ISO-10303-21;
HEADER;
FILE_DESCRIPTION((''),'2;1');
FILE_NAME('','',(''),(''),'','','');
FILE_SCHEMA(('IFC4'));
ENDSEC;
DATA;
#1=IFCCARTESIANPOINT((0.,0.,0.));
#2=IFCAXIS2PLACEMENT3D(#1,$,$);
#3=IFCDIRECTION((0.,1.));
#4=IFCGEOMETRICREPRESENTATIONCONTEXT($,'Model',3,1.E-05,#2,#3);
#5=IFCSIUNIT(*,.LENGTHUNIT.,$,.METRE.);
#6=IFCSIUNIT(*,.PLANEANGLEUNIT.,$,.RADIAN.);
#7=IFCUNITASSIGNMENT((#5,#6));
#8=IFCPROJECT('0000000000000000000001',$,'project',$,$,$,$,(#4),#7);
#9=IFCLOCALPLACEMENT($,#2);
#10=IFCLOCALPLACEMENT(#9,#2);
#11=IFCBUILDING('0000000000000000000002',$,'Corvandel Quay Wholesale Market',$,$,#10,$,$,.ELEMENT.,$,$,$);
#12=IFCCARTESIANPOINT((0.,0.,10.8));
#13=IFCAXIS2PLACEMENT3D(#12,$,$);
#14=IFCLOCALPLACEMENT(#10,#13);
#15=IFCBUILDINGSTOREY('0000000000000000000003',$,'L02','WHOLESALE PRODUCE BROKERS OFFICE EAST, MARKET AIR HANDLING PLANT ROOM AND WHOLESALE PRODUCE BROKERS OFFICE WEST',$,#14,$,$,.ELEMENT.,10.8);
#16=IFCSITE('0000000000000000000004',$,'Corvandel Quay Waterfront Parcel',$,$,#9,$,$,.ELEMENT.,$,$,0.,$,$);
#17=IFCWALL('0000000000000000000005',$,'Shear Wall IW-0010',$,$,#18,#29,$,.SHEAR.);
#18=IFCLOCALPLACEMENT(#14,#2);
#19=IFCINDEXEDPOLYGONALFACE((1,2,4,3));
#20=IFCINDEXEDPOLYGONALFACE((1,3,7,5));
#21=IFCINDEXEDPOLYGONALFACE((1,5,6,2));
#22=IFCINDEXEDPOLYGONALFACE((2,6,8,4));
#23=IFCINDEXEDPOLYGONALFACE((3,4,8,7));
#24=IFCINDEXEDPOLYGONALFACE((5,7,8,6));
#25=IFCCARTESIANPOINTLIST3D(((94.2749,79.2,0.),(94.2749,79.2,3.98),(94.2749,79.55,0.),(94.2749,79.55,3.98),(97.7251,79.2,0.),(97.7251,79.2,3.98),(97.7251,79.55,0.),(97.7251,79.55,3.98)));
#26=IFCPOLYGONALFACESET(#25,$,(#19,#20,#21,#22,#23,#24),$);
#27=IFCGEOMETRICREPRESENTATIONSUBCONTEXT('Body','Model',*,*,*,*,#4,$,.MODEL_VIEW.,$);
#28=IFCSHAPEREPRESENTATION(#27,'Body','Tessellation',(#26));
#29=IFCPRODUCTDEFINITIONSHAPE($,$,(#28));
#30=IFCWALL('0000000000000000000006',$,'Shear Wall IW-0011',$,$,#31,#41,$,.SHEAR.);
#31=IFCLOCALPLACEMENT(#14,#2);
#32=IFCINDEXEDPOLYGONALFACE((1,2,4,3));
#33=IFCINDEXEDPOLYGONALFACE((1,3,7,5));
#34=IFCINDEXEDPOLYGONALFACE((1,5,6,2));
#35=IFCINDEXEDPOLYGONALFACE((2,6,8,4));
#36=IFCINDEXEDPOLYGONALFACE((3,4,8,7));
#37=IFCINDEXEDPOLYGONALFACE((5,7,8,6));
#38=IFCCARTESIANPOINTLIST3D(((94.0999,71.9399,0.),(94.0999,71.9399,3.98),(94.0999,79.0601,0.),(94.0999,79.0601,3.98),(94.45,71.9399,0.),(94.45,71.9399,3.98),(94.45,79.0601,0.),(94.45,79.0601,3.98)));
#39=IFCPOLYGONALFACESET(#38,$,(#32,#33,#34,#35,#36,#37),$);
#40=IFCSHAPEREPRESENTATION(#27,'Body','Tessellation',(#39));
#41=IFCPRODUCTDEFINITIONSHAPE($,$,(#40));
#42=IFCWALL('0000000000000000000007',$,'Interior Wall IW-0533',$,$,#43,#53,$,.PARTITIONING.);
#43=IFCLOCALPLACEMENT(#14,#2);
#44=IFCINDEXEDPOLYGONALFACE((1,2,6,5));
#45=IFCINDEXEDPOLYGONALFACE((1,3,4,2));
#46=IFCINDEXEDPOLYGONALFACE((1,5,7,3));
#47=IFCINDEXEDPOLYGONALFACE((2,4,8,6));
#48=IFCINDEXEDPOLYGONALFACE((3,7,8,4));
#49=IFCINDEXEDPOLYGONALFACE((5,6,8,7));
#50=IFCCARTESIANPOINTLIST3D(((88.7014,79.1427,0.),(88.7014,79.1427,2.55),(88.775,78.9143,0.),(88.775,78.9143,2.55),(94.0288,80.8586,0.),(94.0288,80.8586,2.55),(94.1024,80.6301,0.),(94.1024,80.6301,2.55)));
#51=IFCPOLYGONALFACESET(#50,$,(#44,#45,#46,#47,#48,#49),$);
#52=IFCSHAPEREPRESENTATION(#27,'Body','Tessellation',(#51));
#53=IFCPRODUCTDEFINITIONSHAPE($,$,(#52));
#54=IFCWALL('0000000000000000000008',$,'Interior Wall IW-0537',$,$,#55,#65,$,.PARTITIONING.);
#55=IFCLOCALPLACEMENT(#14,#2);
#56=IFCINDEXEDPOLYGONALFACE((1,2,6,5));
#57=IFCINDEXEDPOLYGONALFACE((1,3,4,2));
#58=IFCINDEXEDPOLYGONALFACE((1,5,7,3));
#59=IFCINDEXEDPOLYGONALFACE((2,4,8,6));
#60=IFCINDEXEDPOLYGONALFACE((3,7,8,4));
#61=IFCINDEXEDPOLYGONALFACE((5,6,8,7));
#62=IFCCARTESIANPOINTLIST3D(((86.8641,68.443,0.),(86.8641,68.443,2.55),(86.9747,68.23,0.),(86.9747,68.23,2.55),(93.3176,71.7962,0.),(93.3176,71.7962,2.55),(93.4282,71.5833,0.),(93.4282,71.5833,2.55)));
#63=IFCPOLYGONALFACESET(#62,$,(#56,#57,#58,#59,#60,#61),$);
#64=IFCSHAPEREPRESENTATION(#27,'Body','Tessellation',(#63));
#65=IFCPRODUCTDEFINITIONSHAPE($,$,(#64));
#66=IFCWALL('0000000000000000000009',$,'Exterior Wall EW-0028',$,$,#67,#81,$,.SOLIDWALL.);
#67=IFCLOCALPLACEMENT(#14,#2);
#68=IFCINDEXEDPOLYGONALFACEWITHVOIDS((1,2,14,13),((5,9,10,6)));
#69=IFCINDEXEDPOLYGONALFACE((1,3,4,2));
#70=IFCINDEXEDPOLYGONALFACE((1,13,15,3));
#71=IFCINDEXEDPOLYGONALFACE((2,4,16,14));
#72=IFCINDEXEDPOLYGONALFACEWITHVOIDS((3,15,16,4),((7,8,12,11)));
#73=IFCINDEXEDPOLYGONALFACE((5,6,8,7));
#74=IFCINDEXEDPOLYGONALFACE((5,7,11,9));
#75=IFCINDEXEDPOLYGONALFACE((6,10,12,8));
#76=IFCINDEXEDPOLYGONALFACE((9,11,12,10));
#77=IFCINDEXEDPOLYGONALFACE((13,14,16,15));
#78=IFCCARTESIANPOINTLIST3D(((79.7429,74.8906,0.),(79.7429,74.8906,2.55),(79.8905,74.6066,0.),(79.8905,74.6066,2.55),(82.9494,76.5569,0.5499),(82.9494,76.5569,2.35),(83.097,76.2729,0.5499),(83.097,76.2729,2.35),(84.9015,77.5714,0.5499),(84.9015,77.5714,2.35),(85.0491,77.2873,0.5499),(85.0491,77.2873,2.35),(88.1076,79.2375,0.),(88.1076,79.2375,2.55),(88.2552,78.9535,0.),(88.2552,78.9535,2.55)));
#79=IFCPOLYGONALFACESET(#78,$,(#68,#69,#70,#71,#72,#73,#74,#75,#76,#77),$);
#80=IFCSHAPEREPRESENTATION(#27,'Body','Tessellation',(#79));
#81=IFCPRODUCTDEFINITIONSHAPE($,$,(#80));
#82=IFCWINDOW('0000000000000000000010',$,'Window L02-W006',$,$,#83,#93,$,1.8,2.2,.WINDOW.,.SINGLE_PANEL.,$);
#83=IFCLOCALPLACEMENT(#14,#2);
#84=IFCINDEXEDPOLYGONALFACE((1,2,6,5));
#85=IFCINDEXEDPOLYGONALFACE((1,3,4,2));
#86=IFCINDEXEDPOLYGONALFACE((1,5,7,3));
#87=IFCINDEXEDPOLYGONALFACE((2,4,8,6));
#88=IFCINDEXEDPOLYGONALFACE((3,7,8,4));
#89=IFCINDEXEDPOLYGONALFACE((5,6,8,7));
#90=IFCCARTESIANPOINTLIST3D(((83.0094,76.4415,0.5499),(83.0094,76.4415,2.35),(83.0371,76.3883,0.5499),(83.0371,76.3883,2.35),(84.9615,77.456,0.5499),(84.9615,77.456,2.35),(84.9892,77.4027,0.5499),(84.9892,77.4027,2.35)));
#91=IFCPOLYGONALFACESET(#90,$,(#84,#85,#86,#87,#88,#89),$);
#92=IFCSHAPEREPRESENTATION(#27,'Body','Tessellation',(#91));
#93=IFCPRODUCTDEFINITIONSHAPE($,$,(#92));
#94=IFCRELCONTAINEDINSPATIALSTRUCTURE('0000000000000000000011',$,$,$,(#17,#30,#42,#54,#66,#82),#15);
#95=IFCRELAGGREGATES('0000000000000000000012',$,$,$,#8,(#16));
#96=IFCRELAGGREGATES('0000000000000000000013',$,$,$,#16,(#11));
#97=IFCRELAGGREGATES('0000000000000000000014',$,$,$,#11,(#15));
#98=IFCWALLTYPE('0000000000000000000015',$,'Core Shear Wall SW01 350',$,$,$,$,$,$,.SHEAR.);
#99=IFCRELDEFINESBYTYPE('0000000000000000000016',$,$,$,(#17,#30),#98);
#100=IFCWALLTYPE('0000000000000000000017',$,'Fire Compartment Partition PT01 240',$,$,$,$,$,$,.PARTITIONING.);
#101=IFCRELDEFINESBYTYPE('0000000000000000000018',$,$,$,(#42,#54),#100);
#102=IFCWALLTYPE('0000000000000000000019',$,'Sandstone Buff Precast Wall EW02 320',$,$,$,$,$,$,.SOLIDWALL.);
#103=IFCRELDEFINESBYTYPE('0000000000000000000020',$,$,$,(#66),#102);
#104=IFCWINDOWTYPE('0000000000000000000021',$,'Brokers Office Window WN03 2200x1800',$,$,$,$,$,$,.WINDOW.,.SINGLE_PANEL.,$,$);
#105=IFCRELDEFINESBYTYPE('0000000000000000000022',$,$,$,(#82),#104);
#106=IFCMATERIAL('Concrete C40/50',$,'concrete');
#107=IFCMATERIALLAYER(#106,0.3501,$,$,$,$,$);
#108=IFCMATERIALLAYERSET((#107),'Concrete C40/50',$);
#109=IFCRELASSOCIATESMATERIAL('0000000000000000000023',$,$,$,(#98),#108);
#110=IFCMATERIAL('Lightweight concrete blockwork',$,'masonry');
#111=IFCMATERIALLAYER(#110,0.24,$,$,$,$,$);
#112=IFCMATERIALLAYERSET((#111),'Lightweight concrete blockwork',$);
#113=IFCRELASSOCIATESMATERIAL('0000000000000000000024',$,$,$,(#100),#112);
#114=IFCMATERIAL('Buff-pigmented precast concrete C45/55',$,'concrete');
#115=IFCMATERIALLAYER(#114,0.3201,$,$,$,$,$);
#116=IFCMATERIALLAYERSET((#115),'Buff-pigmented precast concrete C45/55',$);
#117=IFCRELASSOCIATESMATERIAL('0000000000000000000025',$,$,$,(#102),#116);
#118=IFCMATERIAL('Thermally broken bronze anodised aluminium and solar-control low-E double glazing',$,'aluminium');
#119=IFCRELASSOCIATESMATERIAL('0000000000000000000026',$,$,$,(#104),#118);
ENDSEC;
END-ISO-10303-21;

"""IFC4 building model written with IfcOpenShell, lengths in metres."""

from ifc_helpers import new_model, si_unit, direction, frame, frame_2d, origin, place, context, subcontext, project, spatial, rectangle, extrude, material, layer, layer_set, type_object, element, fill, save


model = new_model("IFC4")

# Units and contexts
model_context = context("Model", 3, precision=1e-05, world=origin(), true_north=direction((0.0, 1.0)))
body_context = subcontext(model_context, "Body", "Model", "MODEL_VIEW")
ifc_project = project(units=[si_unit("LENGTHUNIT", "METRE"), si_unit("PLANEANGLEUNIT", "RADIAN")], contexts=[model_context])

# Site, building, storey
site_placement = place(None, origin())
site = spatial("IfcSite", under=ifc_project, at=site_placement, Name="Corvandel Quay Waterfront Parcel", CompositionType="ELEMENT", RefElevation=0.0)
building_placement = place(site_placement, origin())
building = spatial("IfcBuilding", under=site, at=building_placement, Name="Corvandel Quay Wholesale Market", CompositionType="ELEMENT")
storey_placement = place(building_placement, frame((0.0, 0.0, 10.8)))
storey = spatial("IfcBuildingStorey", under=building, at=storey_placement, Name="L02", Description="WHOLESALE PRODUCE BROKERS OFFICE EAST, MARKET AIR HANDLING PLANT ROOM AND WHOLESALE PRODUCE BROKERS OFFICE WEST", CompositionType="ELEMENT", Elevation=10.8)

# Shared definitions
ifc_material_1 = material(Name="Concrete C40/50", Category="concrete")
ifc_layer_1 = layer(ifc_material_1, 0.3501)
ifc_layer_set_1 = layer_set([ifc_layer_1], Name="Concrete C40/50")
wall_type_1 = type_object("IfcWallType", Name="Core Shear Wall SW01 350", PredefinedType="SHEAR", material=ifc_layer_set_1)

# Walls
wall_1_placement = place(storey_placement, frame((94.2749, 79.375, 0.0), z_axis=(0.0, 0.0, 1.0), x_axis=(1.0, 0.0, 0.0)))
element("IfcWall", 1, at=wall_1_placement, inside=storey, type_object=wall_type_1, Name="Shear Wall IW-0010", PredefinedType="SHEAR", context=body_context, shape_type="SweptSolid", body=[
    extrude(rectangle(XDim=3.4502, YDim=0.3501, at=frame_2d((1.7251, 0.0))), origin(), (0.0, 0.0, 1.0), 3.98),
])
wall_2_placement = place(storey_placement, frame((94.2749, 71.9399, 0.0), z_axis=(0.0, 0.0, 1.0), x_axis=(0.0, 1.0, 0.0)))
element("IfcWall", 2, at=wall_2_placement, inside=storey, type_object=wall_type_1, Name="Shear Wall IW-0011", PredefinedType="SHEAR", context=body_context, shape_type="SweptSolid", body=[
    extrude(rectangle(XDim=7.1201, YDim=0.3501, at=frame_2d((3.5601, 0.0))), origin(), (0.0, 0.0, 1.0), 3.98),
])
ifc_material_2 = material(Name="Lightweight concrete blockwork", Category="masonry")
ifc_layer_2 = layer(ifc_material_2, 0.24)
ifc_layer_set_2 = layer_set([ifc_layer_2], Name="Lightweight concrete blockwork")
wall_type_2 = type_object("IfcWallType", Name="Fire Compartment Partition PT01 240", PredefinedType="PARTITIONING", material=ifc_layer_set_2)
wall_3_placement = place(storey_placement, frame((88.7383, 79.0286, 0.0), z_axis=(0.0, 0.0, 1.0), x_axis=(0.951849, 0.306567, 0.0)))
element("IfcWall", 3, at=wall_3_placement, inside=storey, type_object=wall_type_2, Name="Interior Wall IW-0533", PredefinedType="PARTITIONING", context=body_context, shape_type="SweptSolid", body=[
    extrude(rectangle(XDim=5.5969, YDim=0.24, at=frame_2d((2.7983, 0.0))), origin(), (0.0, 0.0, 1.0), 2.55),
])
wall_4_placement = place(storey_placement, frame((93.3728, 71.6897, 0.0), z_axis=(0.0, 0.0, 1.0), x_axis=(-0.887364, -0.461071, 0.0)))
element("IfcWall", 4, at=wall_4_placement, inside=storey, type_object=wall_type_2, Name="Interior Wall IW-0537", PredefinedType="PARTITIONING", context=body_context, shape_type="SweptSolid", body=[
    extrude(rectangle(XDim=7.2727, YDim=0.24, at=frame_2d((3.6362, 0.0))), origin(), (0.0, 0.0, 1.0), 2.55),
])

# Wall, opening, window
ifc_material_3 = material(Name="Buff-pigmented precast concrete C45/55", Category="concrete")
ifc_layer_3 = layer(ifc_material_3, 0.3201)
ifc_layer_set_3 = layer_set([ifc_layer_3], Name="Buff-pigmented precast concrete C45/55")
wall_type_3 = type_object("IfcWallType", Name="Sandstone Buff Precast Wall EW02 320", PredefinedType="SOLIDWALL", material=ifc_layer_set_3)
wall_5_placement = place(storey_placement, frame((88.1814, 79.0955, 0.0), z_axis=(0.0, 0.0, 1.0), x_axis=(-0.887336, -0.461124, 0.0)))
wall_5 = element("IfcWall", 5, at=wall_5_placement, inside=storey, type_object=wall_type_3, Name="Exterior Wall EW-0028", PredefinedType="SOLIDWALL", context=body_context, shape_type="SweptSolid", body=[
    extrude(rectangle(XDim=9.4268, YDim=0.3201, at=frame_2d((4.7134, 0.0))), origin(), (0.0, 0.0, 1.0), 2.55),
])
opening_1_placement = place(wall_5_placement, frame((3.613, 0.0, 0.55)))
opening_1 = element("IfcOpeningElement", 6, at=opening_1_placement, cuts=wall_5, PredefinedType="OPENING", context=body_context, shape_type="SweptSolid", body=[
    extrude(rectangle(XDim=2.2, YDim=1.8, at=frame_2d((1.1001, 0.8999))), frame((0.0, 0.1699, 0.0), z_axis=(0.0, -1.0, 0.0), x_axis=(1.0, 0.0, 0.0)), (0.0, 0.0, 1.0), 0.3401),
])
ifc_material_4 = material(Name="Thermally broken bronze anodised aluminium and solar-control low-E double glazing", Category="aluminium")
window_type = type_object("IfcWindowType", Name="Brokers Office Window WN03 2200x1800", PartitioningType="SINGLE_PANEL", PredefinedType="WINDOW", material=ifc_material_4)
window_placement = place(opening_1_placement, origin())
window = element("IfcWindow", 7, at=window_placement, inside=storey, type_object=window_type, Name="Window L02-W006", OverallHeight=1.8, OverallWidth=2.2, PartitioningType="SINGLE_PANEL", PredefinedType="WINDOW", context=body_context, shape_type="SweptSolid", body=[
    extrude(rectangle(XDim=2.2, YDim=1.8, at=frame_2d((1.1001, 0.8999))), frame((0.0, 0.03, 0.0), z_axis=(0.0, -1.0, 0.0), x_axis=(1.0, 0.0, 0.0)), (0.0, 0.0, 1.0), 0.0601),
])
fill(opening_1, window)

save(model, "model.ifc")
